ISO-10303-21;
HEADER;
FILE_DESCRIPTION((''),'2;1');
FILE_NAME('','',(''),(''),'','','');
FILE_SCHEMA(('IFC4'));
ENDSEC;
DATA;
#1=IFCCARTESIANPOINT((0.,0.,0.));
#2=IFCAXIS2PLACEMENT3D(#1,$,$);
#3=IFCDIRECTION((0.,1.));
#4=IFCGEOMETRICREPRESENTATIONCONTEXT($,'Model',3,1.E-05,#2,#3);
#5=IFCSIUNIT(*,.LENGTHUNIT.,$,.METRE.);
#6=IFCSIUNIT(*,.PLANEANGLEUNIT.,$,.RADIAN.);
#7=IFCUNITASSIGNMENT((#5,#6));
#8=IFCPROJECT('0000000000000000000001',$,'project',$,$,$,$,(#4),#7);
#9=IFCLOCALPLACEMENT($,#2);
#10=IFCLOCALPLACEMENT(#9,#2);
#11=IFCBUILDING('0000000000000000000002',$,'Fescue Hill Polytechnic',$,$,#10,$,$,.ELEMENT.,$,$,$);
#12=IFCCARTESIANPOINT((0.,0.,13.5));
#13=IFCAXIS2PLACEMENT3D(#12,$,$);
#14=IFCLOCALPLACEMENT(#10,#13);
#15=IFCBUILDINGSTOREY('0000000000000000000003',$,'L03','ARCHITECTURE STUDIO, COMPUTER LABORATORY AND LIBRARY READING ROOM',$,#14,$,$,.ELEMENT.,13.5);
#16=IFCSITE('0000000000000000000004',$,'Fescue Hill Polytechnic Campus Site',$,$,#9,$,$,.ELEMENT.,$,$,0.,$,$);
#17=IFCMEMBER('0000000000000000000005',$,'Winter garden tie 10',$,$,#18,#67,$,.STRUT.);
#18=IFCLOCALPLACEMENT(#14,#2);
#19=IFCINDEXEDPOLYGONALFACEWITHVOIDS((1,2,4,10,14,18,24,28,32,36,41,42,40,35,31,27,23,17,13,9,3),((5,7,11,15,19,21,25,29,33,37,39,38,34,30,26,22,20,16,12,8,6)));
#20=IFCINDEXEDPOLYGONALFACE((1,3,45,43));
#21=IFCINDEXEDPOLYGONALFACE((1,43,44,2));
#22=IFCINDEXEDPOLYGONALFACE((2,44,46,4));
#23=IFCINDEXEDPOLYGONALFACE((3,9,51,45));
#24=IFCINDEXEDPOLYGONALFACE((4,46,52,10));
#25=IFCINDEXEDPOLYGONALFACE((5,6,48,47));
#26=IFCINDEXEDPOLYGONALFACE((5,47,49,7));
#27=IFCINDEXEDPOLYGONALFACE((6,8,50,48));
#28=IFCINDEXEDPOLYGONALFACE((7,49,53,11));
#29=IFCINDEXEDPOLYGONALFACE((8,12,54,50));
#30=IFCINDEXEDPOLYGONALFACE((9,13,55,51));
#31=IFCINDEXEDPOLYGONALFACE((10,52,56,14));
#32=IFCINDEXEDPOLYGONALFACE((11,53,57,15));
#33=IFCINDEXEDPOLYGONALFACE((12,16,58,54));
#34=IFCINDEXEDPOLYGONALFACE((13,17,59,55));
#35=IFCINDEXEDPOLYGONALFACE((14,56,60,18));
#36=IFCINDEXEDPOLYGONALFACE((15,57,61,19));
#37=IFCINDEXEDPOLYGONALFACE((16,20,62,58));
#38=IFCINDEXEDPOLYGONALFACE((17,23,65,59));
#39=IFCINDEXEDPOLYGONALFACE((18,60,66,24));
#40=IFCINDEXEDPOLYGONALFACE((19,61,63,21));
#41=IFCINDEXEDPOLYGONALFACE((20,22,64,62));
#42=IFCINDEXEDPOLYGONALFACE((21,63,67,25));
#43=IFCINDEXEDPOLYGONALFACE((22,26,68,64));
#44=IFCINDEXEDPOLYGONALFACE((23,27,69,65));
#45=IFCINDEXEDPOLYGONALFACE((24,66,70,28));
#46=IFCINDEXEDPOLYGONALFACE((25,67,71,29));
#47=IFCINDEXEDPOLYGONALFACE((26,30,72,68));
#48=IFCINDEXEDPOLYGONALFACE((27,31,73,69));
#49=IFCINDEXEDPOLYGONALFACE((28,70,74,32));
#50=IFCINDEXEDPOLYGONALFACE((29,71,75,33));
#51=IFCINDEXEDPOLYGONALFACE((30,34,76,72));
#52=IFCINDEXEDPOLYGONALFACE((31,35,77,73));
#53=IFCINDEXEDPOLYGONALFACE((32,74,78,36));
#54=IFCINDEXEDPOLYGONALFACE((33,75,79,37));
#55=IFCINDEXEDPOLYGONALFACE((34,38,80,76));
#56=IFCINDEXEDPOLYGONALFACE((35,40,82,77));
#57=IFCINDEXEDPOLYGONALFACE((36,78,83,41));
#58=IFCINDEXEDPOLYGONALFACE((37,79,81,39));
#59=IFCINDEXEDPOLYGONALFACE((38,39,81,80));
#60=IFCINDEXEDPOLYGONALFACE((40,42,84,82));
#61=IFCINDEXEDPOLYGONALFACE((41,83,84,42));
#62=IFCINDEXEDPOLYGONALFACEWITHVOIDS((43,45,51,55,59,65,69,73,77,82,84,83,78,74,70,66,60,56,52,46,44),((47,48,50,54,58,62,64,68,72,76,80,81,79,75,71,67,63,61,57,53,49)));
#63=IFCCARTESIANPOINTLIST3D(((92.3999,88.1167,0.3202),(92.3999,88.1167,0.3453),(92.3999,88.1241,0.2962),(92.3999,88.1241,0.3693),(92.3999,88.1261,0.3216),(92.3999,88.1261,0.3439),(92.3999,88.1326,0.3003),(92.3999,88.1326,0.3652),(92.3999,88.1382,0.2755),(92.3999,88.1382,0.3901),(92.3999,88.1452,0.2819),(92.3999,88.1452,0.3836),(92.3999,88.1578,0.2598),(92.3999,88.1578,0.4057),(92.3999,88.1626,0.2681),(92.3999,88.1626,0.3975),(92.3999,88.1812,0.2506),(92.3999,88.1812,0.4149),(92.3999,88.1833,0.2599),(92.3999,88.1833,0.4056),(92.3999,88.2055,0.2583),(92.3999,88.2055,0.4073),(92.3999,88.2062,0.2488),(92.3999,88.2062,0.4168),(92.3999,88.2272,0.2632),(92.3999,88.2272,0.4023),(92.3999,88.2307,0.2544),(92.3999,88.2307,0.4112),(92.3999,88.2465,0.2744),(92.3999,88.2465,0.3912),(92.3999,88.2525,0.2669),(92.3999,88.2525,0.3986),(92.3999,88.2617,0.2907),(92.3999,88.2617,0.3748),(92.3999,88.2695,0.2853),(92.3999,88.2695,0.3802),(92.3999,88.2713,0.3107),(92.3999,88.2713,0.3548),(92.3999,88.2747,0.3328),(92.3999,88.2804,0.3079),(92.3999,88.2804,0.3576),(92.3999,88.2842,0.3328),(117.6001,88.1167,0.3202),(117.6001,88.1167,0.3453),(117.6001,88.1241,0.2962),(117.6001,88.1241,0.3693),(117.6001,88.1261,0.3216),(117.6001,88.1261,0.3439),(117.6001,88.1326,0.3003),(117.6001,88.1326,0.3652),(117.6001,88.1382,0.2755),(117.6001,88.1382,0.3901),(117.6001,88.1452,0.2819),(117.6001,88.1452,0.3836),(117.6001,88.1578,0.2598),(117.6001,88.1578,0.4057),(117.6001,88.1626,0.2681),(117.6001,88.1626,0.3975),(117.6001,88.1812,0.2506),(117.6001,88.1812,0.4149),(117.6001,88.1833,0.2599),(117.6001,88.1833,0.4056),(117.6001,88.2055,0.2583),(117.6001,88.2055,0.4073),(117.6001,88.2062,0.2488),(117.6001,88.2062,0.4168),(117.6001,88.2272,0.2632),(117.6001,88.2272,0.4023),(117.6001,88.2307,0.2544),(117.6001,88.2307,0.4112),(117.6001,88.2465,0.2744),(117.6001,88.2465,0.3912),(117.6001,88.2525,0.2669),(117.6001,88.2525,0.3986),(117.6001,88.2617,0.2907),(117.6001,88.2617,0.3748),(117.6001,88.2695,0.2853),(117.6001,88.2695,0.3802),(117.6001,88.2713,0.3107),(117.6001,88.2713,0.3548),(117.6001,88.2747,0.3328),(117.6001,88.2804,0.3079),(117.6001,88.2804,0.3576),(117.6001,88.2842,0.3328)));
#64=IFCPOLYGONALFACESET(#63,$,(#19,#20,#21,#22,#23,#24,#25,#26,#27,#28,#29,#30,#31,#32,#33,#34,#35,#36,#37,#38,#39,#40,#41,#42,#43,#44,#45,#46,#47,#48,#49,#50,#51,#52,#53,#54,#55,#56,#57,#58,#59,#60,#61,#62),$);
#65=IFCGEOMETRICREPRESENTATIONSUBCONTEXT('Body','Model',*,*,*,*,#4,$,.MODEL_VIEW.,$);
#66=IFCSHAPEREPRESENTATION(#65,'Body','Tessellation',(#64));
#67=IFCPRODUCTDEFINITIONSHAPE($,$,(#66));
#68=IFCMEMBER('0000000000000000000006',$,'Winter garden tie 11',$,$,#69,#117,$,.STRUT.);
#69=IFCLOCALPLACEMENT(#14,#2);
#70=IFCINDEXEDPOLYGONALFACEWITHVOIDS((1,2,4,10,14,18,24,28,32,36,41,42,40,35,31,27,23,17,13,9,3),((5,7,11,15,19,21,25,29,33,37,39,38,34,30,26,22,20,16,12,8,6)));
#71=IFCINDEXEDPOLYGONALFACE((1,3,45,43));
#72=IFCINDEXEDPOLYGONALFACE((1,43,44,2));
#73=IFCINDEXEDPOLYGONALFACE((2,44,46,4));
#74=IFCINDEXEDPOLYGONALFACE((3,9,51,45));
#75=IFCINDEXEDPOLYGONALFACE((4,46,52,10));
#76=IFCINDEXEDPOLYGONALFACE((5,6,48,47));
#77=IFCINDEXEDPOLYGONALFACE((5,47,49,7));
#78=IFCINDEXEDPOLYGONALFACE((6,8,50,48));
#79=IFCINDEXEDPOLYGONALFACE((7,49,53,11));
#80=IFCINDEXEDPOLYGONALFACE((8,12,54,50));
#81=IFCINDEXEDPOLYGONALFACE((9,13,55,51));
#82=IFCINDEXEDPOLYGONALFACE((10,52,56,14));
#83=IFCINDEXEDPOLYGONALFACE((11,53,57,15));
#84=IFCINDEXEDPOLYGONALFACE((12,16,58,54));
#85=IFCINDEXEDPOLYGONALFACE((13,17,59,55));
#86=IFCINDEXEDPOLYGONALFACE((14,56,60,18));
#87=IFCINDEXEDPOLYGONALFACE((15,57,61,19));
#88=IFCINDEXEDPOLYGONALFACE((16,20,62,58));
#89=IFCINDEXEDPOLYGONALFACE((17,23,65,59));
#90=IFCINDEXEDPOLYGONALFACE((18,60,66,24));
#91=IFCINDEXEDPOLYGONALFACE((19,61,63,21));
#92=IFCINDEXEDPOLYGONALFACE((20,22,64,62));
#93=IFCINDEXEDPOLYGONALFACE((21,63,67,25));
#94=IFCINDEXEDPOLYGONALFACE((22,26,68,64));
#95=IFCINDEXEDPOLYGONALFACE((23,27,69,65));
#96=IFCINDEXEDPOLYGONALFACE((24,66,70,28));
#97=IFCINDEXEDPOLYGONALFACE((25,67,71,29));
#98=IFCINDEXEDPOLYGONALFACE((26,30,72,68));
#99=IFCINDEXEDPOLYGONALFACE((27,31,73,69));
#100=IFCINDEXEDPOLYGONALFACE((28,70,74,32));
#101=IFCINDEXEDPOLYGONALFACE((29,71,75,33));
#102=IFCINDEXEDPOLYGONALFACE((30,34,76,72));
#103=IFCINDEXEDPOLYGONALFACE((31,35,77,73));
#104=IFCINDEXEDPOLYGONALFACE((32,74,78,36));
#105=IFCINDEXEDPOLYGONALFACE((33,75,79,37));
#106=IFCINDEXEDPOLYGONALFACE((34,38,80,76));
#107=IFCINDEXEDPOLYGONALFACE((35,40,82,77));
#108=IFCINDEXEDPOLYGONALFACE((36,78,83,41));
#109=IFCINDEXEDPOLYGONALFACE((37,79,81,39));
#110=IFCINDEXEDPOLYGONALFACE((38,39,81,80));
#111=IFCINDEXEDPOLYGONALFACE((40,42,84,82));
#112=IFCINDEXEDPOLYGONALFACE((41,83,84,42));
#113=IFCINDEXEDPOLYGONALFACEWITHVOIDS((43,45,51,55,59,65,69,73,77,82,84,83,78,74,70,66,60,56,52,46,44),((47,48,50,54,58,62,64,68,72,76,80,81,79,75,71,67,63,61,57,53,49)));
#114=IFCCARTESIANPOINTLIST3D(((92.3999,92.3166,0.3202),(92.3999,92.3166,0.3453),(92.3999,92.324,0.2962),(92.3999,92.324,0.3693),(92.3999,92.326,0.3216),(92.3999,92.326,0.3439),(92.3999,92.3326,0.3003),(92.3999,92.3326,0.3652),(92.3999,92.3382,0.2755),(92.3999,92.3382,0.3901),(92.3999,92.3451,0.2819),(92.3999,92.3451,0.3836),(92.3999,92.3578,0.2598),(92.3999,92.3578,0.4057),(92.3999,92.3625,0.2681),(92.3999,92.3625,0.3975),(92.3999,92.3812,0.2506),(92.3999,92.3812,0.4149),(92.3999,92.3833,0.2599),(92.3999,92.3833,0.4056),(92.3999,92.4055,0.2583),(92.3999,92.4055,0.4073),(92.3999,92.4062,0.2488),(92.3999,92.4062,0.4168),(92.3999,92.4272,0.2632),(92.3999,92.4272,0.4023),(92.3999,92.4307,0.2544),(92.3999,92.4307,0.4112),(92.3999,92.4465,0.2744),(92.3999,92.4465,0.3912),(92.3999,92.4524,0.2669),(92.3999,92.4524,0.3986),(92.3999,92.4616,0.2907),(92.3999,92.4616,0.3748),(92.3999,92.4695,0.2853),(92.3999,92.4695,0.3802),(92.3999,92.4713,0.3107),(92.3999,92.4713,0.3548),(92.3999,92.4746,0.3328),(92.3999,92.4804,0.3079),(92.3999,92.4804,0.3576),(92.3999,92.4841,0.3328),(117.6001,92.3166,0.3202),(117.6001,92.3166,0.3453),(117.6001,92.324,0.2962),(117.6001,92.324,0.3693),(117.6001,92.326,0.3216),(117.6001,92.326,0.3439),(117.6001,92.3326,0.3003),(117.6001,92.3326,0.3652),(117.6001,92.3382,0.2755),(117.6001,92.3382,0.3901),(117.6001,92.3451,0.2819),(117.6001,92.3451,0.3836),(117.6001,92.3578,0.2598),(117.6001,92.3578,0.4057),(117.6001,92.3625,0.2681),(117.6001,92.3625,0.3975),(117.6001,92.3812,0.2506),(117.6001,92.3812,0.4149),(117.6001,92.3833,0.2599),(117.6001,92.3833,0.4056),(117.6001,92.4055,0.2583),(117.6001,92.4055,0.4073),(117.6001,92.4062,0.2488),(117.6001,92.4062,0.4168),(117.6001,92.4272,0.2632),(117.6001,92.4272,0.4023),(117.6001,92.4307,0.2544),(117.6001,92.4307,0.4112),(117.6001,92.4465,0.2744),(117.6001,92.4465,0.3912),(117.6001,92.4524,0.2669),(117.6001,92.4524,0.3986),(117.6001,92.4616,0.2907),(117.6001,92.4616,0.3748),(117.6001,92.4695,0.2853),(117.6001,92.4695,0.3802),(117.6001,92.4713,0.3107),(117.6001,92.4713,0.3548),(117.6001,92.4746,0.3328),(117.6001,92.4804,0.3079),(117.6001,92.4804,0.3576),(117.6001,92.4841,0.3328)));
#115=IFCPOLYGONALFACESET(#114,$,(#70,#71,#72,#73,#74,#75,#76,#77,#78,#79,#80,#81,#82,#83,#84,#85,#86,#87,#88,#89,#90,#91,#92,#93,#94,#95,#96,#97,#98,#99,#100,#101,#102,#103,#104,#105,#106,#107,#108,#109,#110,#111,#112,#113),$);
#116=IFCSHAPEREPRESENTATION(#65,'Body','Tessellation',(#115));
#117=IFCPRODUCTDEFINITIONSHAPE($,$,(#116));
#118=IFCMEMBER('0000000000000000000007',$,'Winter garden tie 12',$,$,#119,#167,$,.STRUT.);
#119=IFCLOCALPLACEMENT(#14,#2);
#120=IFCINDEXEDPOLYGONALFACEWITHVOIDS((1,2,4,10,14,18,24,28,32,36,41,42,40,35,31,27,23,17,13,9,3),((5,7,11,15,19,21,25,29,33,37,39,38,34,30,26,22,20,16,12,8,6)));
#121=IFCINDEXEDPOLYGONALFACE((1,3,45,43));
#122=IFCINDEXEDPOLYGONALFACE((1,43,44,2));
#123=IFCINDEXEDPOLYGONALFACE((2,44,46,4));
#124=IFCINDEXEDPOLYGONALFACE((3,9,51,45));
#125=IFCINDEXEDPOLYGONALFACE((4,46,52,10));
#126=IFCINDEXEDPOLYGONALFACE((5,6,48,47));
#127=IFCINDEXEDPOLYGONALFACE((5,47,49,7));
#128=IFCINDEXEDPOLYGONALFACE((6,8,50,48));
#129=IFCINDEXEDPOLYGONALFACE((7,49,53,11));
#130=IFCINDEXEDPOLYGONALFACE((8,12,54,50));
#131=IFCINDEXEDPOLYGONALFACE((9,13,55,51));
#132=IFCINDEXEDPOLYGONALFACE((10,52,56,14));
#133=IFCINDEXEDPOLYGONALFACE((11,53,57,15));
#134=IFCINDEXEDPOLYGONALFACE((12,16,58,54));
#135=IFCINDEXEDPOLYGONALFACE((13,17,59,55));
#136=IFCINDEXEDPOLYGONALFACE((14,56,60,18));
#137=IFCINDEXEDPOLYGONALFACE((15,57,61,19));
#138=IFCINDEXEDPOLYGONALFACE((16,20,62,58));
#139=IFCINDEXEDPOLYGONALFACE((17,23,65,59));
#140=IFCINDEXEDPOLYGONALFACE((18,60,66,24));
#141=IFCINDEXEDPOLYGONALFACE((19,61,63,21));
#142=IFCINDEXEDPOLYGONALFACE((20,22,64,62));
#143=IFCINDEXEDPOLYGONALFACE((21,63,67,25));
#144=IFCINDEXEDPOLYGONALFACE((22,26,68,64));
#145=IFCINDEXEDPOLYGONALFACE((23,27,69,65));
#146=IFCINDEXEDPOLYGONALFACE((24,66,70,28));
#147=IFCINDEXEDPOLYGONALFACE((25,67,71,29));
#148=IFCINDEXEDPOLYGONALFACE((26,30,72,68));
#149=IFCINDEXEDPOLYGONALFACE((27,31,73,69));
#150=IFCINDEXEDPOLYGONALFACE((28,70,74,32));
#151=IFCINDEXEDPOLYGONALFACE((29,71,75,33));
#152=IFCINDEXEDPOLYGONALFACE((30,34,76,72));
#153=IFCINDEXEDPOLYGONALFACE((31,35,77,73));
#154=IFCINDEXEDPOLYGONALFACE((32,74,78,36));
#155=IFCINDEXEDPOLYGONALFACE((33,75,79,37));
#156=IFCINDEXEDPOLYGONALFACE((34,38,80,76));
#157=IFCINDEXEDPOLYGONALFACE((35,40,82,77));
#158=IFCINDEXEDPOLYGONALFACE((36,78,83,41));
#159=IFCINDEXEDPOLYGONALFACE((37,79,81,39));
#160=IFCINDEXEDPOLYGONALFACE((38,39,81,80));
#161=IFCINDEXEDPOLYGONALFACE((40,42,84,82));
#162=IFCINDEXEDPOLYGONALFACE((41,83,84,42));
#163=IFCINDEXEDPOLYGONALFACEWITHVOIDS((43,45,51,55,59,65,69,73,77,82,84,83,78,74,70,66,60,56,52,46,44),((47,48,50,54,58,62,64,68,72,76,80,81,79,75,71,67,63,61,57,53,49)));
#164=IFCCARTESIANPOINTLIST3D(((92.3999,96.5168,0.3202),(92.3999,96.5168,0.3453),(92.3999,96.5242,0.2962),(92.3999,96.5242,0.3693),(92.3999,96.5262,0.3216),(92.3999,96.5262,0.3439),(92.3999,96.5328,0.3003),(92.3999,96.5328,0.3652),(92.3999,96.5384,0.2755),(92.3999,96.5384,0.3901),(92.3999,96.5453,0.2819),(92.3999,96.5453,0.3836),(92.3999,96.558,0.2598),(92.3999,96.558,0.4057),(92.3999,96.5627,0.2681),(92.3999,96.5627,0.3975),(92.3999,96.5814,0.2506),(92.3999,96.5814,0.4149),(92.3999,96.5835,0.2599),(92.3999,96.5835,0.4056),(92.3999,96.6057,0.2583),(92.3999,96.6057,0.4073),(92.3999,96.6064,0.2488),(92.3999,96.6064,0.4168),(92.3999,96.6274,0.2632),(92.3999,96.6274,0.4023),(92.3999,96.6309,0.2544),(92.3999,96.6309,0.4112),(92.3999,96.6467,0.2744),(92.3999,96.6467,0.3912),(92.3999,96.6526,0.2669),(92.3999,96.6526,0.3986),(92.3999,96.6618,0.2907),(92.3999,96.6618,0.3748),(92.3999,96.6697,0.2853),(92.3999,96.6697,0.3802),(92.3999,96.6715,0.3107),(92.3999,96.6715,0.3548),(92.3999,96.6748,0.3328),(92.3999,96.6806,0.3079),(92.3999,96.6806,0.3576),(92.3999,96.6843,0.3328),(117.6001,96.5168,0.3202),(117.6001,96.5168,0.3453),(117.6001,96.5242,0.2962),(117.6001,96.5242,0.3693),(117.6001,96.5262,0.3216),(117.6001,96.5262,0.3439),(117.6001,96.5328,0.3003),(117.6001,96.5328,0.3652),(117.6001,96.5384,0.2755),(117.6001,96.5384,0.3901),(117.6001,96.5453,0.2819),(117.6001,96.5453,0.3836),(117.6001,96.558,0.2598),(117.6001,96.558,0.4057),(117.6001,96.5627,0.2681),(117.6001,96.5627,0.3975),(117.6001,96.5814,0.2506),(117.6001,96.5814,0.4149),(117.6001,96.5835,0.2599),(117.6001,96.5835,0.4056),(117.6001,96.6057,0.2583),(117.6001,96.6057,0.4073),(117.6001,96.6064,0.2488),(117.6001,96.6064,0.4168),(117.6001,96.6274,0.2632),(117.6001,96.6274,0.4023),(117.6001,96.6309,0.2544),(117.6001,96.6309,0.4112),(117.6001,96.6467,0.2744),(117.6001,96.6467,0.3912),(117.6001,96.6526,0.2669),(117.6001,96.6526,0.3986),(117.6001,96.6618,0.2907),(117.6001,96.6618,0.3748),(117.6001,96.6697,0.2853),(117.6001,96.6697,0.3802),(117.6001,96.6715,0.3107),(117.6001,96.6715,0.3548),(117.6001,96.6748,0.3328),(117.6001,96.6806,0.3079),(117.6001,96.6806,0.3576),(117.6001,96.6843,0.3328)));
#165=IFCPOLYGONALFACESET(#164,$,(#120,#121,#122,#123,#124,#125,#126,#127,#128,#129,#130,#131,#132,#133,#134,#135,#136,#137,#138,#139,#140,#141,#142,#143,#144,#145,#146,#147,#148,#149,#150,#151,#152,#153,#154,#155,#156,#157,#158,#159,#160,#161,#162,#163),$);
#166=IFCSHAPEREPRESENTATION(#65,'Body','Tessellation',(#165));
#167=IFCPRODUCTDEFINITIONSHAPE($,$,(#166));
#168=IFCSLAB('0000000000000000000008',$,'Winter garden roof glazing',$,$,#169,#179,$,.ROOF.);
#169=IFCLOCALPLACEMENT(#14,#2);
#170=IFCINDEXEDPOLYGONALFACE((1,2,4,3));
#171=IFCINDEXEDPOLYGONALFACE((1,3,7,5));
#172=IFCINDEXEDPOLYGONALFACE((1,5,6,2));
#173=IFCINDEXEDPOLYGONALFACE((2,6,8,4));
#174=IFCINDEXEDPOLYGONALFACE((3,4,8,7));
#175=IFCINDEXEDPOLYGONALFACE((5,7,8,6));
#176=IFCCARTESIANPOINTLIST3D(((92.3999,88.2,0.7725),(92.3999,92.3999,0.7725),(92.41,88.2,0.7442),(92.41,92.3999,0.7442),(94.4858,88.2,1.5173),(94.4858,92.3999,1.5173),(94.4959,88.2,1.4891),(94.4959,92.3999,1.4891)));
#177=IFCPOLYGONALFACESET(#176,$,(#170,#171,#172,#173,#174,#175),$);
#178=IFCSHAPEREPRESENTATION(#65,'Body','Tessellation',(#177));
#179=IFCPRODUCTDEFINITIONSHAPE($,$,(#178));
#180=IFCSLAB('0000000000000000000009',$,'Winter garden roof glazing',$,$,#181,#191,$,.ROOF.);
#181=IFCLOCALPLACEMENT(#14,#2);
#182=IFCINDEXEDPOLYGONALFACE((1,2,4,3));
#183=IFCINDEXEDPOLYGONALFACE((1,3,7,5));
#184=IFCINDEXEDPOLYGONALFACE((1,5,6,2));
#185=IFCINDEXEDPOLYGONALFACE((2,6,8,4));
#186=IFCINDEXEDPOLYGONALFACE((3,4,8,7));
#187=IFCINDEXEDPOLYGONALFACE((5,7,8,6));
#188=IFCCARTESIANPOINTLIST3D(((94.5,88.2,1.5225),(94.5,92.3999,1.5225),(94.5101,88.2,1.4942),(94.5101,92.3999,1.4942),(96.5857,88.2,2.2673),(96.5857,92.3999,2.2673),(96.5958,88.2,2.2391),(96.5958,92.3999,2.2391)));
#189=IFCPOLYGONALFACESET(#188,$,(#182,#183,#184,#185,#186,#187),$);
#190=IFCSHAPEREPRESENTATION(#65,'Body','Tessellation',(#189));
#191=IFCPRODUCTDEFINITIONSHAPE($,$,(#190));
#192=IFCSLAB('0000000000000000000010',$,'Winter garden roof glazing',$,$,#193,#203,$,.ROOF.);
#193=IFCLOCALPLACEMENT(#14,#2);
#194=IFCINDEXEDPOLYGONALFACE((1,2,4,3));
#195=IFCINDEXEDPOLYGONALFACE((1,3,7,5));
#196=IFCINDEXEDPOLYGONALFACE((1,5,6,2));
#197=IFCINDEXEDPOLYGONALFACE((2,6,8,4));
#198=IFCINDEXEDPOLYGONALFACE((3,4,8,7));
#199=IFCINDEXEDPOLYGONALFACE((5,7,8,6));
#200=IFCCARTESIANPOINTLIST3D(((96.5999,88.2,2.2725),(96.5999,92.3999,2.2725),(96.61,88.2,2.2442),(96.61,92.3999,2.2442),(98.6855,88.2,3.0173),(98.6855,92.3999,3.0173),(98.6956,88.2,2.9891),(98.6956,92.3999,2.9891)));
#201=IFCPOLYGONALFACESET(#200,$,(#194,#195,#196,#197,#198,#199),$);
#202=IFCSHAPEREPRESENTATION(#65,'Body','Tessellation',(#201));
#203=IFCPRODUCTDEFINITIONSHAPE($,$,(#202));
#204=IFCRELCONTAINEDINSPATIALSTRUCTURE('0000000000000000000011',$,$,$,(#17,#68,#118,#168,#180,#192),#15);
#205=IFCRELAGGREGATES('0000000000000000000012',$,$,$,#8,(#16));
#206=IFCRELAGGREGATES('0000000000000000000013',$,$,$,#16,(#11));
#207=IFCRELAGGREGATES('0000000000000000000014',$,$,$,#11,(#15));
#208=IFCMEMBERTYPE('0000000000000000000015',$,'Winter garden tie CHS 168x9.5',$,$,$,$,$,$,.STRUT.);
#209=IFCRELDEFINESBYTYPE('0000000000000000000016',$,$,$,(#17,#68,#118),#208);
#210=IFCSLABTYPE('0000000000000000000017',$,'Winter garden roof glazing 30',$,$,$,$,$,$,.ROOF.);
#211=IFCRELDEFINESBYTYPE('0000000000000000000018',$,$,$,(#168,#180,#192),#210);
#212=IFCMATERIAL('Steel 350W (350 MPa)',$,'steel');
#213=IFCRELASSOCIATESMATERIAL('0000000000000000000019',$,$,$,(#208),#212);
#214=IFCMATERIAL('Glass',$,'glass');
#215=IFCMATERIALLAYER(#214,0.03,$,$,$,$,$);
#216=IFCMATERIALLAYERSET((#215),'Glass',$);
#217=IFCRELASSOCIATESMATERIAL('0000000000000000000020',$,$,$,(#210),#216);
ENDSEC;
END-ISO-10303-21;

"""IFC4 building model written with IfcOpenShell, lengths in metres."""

from ifc_helpers import new_model, si_unit, direction, frame, origin, origin_2d, place, context, subcontext, project, spatial, polyline, hollow_circle, outline, extrude, material, layer, layer_set, material_profile, profile_set, type_object, element, save


model = new_model("IFC4")

# Units and contexts
model_context = context("Model", 3, precision=1e-05, world=origin(), true_north=direction((0.0, 1.0)))
body_context = subcontext(model_context, "Body", "Model", "MODEL_VIEW")
ifc_project = project(units=[si_unit("LENGTHUNIT", "METRE"), si_unit("PLANEANGLEUNIT", "RADIAN")], contexts=[model_context])

# Site, building, storey
site_placement = place(None, origin())
site = spatial("IfcSite", under=ifc_project, at=site_placement, Name="Fescue Hill Polytechnic Campus Site", CompositionType="ELEMENT", RefElevation=0.0)
building_placement = place(site_placement, origin())
building = spatial("IfcBuilding", under=site, at=building_placement, Name="Fescue Hill Polytechnic", CompositionType="ELEMENT")
storey_placement = place(building_placement, frame((0.0, 0.0, 13.5)))
storey = spatial("IfcBuildingStorey", under=building, at=storey_placement, Name="L03", Description="ARCHITECTURE STUDIO, COMPUTER LABORATORY AND LIBRARY READING ROOM", CompositionType="ELEMENT", Elevation=13.5)

# Members
ifc_material_1 = material(Name="Steel 350W (350 MPa)", Category="steel")
ifc_material_profile_1 = material_profile(ifc_material_1, hollow_circle(Radius=0.0842, WallThickness=0.0095, at=origin_2d()), Name="Winter garden tie CHS 168x9.5")
ifc_profile_set_1 = profile_set([ifc_material_profile_1], Name="Steel 350W (350 MPa)")
member_type_1 = type_object("IfcMemberType", Name="Winter garden tie CHS 168x9.5", PredefinedType="STRUT", material=ifc_profile_set_1)
for number, where, z_axis, x_axis, name in (
    (1, (92.3999, 88.2, 0.3328), (1.0, 0.0, 0.0), (0.0, 1.0, 0.0), "Winter garden tie 10"),
    (2, (92.3999, 92.3999, 0.3328), (1.0, 0.0, 0.0), (0.0, 1.0, 0.0), "Winter garden tie 11"),
    (3, (92.3999, 96.6001, 0.3328), (1.0, 0.0, 0.0), (0.0, 1.0, 0.0), "Winter garden tie 12"),
):
    element("IfcMember", number, at=place(storey_placement, frame(where, z_axis=z_axis, x_axis=x_axis)), inside=storey, type_object=member_type_1, Name=name, PredefinedType="STRUT", context=body_context, shape_type="SweptSolid", body=[
        extrude(hollow_circle(Radius=0.0842, WallThickness=0.0095, at=origin_2d()), origin(), (0.0, 0.0, 1.0), 25.2002),
    ])

# Slabs
ifc_material_2 = material(Name="Glass", Category="glass")
ifc_layer = layer(ifc_material_2, 0.03)
ifc_layer_set = layer_set([ifc_layer], Name="Glass")
slab_type = type_object("IfcSlabType", Name="Winter garden roof glazing 30", PredefinedType="ROOF", material=ifc_layer_set)
slab_1_placement = place(storey_placement, frame((92.3999, 88.2, 0.7725), z_axis=(-0.336295, 0.0, 0.941757), x_axis=(0.0, 1.0, 0.0)))
element("IfcSlab", 4, at=slab_1_placement, inside=storey, type_object=slab_type, Name="Winter garden roof glazing", PredefinedType="ROOF", context=body_context, shape_type="SweptSolid", body=[
    extrude(outline(polyline([(0.0, 0.0), (4.2, 0.0), (4.2, -2.2149), (0.0, -2.2149), (0.0, 0.0)])), origin(), (0.0, 0.0, -1.0), 0.03),
])
for number, where, z_axis, x_axis, name in (
    (5, (94.5, 88.2, 1.5225), (-0.336329, 0.0, 0.941744), (0.0, 1.0, 0.0), "Winter garden roof glazing"),
    (6, (96.5999, 88.2, 2.2725), (-0.336329, 0.0, 0.941744), (0.0, 1.0, 0.0), "Winter garden roof glazing"),
):
    element("IfcSlab", number, at=place(storey_placement, frame(where, z_axis=z_axis, x_axis=x_axis)), inside=storey, type_object=slab_type, Name=name, PredefinedType="ROOF", context=body_context, shape_type="SweptSolid", body=[
        extrude(outline(polyline([(0.0, 0.0), (4.2, 0.0), (4.2, -2.2147), (0.0, -2.2147), (0.0, 0.0)])), origin(), (0.0, 0.0, -1.0), 0.03),
    ])

save(model, "model.ifc")
